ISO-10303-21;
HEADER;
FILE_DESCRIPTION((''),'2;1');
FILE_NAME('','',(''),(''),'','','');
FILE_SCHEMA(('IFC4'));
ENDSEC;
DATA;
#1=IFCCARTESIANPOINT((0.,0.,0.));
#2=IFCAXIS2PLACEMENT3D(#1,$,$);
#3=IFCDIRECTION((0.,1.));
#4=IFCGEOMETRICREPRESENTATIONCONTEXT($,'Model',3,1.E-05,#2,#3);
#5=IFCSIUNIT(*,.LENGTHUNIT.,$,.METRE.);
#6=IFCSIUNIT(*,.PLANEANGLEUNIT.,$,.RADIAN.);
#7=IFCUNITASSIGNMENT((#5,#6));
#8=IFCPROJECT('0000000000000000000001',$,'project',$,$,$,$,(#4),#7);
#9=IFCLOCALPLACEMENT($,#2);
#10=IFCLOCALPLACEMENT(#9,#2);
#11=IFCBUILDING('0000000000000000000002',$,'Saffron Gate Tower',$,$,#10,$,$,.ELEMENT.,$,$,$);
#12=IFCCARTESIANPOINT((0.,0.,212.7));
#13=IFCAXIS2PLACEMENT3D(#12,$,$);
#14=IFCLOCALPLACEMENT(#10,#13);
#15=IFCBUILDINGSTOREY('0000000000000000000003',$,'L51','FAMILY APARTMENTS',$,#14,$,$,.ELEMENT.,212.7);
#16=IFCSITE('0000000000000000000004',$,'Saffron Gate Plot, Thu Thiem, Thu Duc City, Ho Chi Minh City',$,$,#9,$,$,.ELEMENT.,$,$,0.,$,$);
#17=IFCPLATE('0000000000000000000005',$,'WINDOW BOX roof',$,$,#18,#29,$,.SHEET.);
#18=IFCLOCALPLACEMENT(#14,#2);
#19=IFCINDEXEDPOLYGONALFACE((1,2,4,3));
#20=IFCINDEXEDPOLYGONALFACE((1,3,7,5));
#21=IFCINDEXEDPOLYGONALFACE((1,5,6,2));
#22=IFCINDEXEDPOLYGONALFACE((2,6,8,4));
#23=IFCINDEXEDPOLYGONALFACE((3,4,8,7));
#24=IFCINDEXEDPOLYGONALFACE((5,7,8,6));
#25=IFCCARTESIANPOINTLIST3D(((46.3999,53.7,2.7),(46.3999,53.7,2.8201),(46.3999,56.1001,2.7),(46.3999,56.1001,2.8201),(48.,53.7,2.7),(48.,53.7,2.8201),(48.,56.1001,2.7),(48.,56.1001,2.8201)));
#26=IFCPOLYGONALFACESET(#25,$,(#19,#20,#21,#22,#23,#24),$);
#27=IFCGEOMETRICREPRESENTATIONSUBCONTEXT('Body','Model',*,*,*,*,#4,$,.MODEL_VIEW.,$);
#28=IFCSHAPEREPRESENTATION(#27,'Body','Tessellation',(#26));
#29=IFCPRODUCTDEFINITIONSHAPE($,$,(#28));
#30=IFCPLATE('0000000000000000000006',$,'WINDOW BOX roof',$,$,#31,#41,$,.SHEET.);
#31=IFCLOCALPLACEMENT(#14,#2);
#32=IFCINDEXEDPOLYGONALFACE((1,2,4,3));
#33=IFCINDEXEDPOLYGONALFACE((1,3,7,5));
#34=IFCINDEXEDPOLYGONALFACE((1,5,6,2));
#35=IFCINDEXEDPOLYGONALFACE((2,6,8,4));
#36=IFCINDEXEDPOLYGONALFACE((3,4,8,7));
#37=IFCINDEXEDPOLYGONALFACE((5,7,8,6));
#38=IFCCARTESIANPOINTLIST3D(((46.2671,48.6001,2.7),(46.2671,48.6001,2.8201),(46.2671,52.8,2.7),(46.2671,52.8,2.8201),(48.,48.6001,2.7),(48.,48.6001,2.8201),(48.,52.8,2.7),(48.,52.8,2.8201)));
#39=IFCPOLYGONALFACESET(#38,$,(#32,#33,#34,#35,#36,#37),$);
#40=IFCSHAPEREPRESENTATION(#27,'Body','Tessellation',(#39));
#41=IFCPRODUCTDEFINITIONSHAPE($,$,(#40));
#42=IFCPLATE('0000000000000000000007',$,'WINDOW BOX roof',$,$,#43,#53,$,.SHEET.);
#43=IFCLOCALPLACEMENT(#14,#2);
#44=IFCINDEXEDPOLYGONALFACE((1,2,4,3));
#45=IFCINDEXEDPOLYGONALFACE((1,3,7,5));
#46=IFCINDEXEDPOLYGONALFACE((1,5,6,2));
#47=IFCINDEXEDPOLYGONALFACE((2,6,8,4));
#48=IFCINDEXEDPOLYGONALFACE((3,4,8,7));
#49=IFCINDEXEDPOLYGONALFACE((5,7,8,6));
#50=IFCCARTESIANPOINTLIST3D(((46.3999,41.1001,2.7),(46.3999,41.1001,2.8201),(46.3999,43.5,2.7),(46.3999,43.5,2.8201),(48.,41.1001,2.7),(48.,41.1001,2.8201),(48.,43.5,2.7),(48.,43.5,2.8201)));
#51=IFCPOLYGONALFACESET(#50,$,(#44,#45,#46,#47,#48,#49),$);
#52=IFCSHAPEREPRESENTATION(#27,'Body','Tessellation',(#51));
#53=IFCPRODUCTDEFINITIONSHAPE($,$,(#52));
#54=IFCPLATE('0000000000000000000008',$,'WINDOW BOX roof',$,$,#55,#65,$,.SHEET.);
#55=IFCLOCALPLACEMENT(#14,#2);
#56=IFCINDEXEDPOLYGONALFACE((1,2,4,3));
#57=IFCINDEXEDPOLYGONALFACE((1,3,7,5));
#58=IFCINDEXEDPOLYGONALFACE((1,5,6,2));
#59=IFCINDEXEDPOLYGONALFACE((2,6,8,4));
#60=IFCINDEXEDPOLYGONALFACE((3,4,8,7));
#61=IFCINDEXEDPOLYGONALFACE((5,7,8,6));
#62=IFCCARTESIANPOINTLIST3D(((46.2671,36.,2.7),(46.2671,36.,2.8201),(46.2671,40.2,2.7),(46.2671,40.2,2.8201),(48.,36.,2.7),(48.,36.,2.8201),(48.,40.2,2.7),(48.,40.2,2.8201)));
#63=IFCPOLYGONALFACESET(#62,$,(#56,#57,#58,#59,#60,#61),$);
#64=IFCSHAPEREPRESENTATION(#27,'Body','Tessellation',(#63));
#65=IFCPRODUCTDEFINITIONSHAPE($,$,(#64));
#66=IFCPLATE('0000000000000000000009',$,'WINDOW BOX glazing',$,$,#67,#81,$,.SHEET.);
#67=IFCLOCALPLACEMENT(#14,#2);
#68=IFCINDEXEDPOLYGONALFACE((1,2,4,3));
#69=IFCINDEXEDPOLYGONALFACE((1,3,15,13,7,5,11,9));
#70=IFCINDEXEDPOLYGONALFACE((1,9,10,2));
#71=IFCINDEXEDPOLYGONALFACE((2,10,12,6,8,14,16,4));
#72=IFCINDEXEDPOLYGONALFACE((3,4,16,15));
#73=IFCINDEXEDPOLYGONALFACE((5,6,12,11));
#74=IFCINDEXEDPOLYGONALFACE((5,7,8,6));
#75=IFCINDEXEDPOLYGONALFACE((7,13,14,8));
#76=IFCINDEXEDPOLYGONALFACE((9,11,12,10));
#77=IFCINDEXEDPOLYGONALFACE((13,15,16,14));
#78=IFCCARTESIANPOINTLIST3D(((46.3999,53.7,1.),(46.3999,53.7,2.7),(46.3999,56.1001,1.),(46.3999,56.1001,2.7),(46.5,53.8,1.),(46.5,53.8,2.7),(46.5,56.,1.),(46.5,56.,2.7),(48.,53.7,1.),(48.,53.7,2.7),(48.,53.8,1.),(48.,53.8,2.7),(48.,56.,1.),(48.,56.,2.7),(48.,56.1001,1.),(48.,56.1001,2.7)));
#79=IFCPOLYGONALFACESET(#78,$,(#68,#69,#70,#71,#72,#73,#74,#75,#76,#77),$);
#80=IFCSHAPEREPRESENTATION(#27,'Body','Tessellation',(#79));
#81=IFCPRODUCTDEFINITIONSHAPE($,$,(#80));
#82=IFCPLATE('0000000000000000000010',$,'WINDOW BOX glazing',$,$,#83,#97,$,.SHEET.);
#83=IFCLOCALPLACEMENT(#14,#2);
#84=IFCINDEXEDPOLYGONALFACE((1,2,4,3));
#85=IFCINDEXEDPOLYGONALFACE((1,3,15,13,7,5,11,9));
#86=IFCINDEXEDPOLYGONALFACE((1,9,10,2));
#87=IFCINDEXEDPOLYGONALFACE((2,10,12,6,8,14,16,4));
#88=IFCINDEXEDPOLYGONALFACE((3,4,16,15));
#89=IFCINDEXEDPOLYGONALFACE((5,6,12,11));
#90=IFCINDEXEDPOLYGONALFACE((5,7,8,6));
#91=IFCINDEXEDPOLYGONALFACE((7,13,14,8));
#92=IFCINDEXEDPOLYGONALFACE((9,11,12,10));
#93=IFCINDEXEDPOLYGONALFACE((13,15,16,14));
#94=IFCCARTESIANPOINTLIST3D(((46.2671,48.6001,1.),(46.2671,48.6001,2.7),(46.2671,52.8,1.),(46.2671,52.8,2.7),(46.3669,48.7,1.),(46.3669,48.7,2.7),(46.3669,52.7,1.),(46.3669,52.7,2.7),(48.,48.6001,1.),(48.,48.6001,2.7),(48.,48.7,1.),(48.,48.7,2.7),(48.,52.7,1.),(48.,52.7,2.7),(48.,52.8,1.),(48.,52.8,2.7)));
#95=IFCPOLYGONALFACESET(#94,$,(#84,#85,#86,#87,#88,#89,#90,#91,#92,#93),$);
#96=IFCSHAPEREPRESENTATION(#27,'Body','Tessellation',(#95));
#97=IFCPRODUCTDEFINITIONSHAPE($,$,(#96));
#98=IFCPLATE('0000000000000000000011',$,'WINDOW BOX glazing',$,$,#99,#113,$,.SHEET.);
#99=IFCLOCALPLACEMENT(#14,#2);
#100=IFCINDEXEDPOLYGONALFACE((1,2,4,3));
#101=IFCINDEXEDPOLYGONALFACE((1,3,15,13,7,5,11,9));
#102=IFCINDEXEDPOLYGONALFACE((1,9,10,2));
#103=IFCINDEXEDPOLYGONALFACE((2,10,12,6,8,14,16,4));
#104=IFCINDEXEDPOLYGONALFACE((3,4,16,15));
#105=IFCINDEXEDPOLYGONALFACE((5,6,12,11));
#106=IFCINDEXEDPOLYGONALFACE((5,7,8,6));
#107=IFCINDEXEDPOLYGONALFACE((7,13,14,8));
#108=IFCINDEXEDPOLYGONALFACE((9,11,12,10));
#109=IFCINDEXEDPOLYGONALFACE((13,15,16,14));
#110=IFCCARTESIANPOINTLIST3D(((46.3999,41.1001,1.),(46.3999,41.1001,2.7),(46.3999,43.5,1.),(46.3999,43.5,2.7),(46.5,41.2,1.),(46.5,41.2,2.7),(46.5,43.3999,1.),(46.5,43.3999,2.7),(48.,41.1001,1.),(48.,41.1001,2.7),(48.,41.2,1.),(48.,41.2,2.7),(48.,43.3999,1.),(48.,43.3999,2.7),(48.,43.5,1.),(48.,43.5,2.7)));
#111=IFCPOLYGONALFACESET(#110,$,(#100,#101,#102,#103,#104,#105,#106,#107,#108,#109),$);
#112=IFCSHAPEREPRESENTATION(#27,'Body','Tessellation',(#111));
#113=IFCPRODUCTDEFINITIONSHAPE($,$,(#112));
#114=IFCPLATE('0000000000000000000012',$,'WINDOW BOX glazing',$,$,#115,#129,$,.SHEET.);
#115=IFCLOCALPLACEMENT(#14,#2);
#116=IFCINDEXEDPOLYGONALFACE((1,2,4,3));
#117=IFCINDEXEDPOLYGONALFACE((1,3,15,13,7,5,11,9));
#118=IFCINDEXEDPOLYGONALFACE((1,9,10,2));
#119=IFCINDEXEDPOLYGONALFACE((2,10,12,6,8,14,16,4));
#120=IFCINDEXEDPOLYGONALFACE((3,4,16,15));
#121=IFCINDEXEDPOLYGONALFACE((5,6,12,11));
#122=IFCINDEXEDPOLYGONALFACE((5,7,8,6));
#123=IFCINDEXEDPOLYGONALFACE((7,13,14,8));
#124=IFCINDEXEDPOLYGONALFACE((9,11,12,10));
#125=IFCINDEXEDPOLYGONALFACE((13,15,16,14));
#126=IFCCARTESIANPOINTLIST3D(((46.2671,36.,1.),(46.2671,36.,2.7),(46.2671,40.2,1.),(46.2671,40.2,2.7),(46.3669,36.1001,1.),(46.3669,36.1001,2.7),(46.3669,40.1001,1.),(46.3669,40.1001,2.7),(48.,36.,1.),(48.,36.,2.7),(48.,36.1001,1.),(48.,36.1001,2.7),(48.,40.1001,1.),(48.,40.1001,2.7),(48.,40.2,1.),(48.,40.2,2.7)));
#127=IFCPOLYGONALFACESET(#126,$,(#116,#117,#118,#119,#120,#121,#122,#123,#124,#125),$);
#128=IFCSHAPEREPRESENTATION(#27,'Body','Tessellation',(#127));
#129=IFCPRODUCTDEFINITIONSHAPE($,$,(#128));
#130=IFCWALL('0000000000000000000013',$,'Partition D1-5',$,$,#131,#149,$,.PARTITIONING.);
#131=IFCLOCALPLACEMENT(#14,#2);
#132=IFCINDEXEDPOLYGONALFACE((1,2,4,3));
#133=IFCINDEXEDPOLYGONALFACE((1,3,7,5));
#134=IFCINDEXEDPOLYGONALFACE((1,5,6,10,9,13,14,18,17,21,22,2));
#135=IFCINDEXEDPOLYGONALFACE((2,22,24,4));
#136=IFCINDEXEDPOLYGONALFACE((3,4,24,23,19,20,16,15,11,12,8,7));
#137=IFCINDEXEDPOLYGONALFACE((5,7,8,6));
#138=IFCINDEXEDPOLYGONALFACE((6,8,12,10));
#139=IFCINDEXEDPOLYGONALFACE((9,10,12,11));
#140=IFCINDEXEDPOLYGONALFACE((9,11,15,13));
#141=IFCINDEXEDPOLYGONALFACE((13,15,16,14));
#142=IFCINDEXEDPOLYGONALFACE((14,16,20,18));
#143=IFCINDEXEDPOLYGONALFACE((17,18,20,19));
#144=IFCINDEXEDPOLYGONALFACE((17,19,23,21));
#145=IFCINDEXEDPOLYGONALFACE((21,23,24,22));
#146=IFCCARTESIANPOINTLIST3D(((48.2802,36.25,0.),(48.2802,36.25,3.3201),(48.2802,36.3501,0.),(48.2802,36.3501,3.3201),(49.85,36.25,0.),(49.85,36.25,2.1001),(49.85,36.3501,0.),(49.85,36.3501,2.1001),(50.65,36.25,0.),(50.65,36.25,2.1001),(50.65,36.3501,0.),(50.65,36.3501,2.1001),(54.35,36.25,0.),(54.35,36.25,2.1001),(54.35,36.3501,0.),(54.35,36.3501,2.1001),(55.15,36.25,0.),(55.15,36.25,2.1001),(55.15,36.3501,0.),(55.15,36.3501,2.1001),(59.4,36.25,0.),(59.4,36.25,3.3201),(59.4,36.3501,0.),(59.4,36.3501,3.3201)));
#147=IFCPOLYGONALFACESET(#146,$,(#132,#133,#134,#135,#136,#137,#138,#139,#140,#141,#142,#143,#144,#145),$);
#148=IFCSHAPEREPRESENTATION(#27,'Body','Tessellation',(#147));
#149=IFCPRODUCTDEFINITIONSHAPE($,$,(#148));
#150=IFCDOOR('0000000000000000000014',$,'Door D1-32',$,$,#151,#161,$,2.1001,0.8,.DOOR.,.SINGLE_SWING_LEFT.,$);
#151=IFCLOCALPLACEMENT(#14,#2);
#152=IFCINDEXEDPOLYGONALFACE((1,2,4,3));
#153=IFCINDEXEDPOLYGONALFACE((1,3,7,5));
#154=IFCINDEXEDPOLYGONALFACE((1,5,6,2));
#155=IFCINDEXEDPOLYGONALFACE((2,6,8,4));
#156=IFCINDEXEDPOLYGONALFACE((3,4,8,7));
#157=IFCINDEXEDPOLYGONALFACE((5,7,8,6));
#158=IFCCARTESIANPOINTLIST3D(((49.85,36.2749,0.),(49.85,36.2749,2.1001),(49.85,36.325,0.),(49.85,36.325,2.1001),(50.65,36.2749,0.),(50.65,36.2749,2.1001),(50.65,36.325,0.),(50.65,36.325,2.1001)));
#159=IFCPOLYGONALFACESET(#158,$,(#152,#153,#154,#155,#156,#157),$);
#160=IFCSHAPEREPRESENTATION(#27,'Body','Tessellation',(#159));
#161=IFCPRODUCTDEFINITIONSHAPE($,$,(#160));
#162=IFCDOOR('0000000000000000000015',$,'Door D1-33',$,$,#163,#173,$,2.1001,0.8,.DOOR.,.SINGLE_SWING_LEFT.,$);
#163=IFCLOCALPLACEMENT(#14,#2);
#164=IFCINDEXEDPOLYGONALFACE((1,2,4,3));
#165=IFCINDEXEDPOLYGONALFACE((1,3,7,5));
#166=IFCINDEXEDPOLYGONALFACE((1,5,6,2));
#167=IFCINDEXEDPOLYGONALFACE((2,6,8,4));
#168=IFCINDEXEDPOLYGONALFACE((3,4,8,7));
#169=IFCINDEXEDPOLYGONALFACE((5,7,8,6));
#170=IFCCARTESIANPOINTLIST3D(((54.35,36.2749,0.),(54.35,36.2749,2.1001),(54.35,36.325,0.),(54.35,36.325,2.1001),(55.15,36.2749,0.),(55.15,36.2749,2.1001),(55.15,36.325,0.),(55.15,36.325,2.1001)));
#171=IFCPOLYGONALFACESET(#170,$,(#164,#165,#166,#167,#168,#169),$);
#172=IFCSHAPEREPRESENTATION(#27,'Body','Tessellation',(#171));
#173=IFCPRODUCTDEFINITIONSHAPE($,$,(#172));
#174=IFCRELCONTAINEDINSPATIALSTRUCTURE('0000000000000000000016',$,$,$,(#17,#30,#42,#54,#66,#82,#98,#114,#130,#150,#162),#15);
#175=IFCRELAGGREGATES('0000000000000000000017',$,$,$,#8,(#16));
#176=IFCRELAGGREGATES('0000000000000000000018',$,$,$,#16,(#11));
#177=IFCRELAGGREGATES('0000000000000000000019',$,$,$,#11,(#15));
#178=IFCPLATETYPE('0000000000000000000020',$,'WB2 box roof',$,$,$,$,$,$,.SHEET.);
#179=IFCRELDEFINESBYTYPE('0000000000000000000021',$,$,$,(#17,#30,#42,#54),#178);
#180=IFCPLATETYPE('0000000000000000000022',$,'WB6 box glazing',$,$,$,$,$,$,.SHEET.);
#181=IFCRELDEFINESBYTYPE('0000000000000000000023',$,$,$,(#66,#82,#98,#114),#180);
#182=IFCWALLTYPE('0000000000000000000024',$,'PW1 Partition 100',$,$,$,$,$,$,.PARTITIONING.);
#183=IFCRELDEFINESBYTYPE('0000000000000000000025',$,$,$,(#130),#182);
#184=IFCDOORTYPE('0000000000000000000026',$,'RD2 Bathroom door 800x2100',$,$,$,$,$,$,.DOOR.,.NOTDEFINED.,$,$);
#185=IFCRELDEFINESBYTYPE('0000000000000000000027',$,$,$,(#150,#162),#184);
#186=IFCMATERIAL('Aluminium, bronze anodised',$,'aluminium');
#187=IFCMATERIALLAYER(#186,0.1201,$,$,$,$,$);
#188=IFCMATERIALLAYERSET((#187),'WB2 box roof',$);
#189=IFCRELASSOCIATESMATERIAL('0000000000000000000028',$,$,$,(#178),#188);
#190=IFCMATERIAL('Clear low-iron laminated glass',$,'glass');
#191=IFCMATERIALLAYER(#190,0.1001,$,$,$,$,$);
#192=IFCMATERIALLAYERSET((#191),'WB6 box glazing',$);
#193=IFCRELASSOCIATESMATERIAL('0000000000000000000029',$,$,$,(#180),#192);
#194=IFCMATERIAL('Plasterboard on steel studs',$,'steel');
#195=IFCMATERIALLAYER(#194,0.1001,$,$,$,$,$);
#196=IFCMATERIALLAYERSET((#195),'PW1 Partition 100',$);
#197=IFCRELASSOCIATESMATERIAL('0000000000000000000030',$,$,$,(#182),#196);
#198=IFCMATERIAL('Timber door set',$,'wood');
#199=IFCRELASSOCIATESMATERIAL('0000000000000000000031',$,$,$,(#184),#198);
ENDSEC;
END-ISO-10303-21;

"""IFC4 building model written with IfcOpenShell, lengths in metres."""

from ifc_helpers import new_model, si_unit, direction, frame, frame_2d, origin, place, context, subcontext, project, spatial, polyline, rectangle, outline, extrude, material, layer, layer_set, type_object, element, fill, save


model = new_model("IFC4")

# Units and contexts
model_context = context("Model", 3, precision=1e-05, world=origin(), true_north=direction((0.0, 1.0)))
body_context = subcontext(model_context, "Body", "Model", "MODEL_VIEW")
ifc_project = project(units=[si_unit("LENGTHUNIT", "METRE"), si_unit("PLANEANGLEUNIT", "RADIAN")], contexts=[model_context])

# Site, building, storey
site_placement = place(None, origin())
site = spatial("IfcSite", under=ifc_project, at=site_placement, Name="Saffron Gate Plot, Thu Thiem, Thu Duc City, Ho Chi Minh City", CompositionType="ELEMENT", RefElevation=0.0)
building_placement = place(site_placement, origin())
building = spatial("IfcBuilding", under=site, at=building_placement, Name="Saffron Gate Tower", CompositionType="ELEMENT")
storey_placement = place(building_placement, frame((0.0, 0.0, 212.7)))
storey = spatial("IfcBuildingStorey", under=building, at=storey_placement, Name="L51", Description="FAMILY APARTMENTS", CompositionType="ELEMENT", Elevation=212.7)

# Shared definitions
ifc_material_1 = material(Name="Aluminium, bronze anodised", Category="aluminium")

# Plates
ifc_layer_1 = layer(ifc_material_1, 0.1201)
ifc_layer_set_1 = layer_set([ifc_layer_1], Name="WB2 box roof")
plate_type_1 = type_object("IfcPlateType", Name="WB2 box roof", PredefinedType="SHEET", material=ifc_layer_set_1)
plate_1_placement = place(storey_placement, frame((0.0, 0.0, 2.7)))
element("IfcPlate", 1, at=plate_1_placement, inside=storey, type_object=plate_type_1, Name="WINDOW BOX roof", PredefinedType="SHEET", context=body_context, shape_type="SweptSolid", body=[
    extrude(outline(polyline([(48.0, 56.1001), (48.0, 53.7), (46.3999, 53.7), (46.3999, 56.1001), (48.0, 56.1001)])), origin(), (0.0, 0.0, 1.0), 0.1201),
])
plate_2_placement = place(storey_placement, frame((0.0, 0.0, 2.7)))
element("IfcPlate", 2, at=plate_2_placement, inside=storey, type_object=plate_type_1, Name="WINDOW BOX roof", PredefinedType="SHEET", context=body_context, shape_type="SweptSolid", body=[
    extrude(outline(polyline([(48.0, 52.8), (48.0, 48.6001), (46.2671, 48.6001), (46.2671, 52.8), (48.0, 52.8)])), origin(), (0.0, 0.0, 1.0), 0.1201),
])
plate_3_placement = place(storey_placement, frame((0.0, 0.0, 2.7)))
element("IfcPlate", 3, at=plate_3_placement, inside=storey, type_object=plate_type_1, Name="WINDOW BOX roof", PredefinedType="SHEET", context=body_context, shape_type="SweptSolid", body=[
    extrude(outline(polyline([(48.0, 43.5), (48.0, 41.1001), (46.3999, 41.1001), (46.3999, 43.5), (48.0, 43.5)])), origin(), (0.0, 0.0, 1.0), 0.1201),
])
plate_4_placement = place(storey_placement, frame((0.0, 0.0, 2.7)))
element("IfcPlate", 4, at=plate_4_placement, inside=storey, type_object=plate_type_1, Name="WINDOW BOX roof", PredefinedType="SHEET", context=body_context, shape_type="SweptSolid", body=[
    extrude(outline(polyline([(48.0, 40.2), (48.0, 36.0), (46.2671, 36.0), (46.2671, 40.2), (48.0, 40.2)])), origin(), (0.0, 0.0, 1.0), 0.1201),
])
ifc_material_2 = material(Name="Clear low-iron laminated glass", Category="glass")
ifc_layer_2 = layer(ifc_material_2, 0.1001)
ifc_layer_set_2 = layer_set([ifc_layer_2], Name="WB6 box glazing")
plate_type_2 = type_object("IfcPlateType", Name="WB6 box glazing", PredefinedType="SHEET", material=ifc_layer_set_2)
plate_5_placement = place(storey_placement, frame((0.0, 0.0, 1.0)))
element("IfcPlate", 5, at=plate_5_placement, inside=storey, type_object=plate_type_2, Name="WINDOW BOX glazing", PredefinedType="SHEET", context=body_context, shape_type="SweptSolid", body=[
    extrude(outline(polyline([(48.0, 56.1001), (48.0, 56.0), (46.5, 56.0), (46.5, 53.8), (48.0, 53.8), (48.0, 53.7), (46.3999, 53.7), (46.3999, 56.1001), (48.0, 56.1001)])), origin(), (0.0, 0.0, 1.0), 1.7),
])
plate_6_placement = place(storey_placement, frame((0.0, 0.0, 1.0)))
element("IfcPlate", 6, at=plate_6_placement, inside=storey, type_object=plate_type_2, Name="WINDOW BOX glazing", PredefinedType="SHEET", context=body_context, shape_type="SweptSolid", body=[
    extrude(outline(polyline([(48.0, 52.8), (48.0, 52.7), (46.3669, 52.7), (46.3669, 48.7), (48.0, 48.7), (48.0, 48.6001), (46.2671, 48.6001), (46.2671, 52.8), (48.0, 52.8)])), origin(), (0.0, 0.0, 1.0), 1.7),
])
plate_7_placement = place(storey_placement, frame((0.0, 0.0, 1.0)))
element("IfcPlate", 7, at=plate_7_placement, inside=storey, type_object=plate_type_2, Name="WINDOW BOX glazing", PredefinedType="SHEET", context=body_context, shape_type="SweptSolid", body=[
    extrude(outline(polyline([(48.0, 43.5), (48.0, 43.3999), (46.5, 43.3999), (46.5, 41.2), (48.0, 41.2), (48.0, 41.1001), (46.3999, 41.1001), (46.3999, 43.5), (48.0, 43.5)])), origin(), (0.0, 0.0, 1.0), 1.7),
])
plate_8_placement = place(storey_placement, frame((0.0, 0.0, 1.0)))
element("IfcPlate", 8, at=plate_8_placement, inside=storey, type_object=plate_type_2, Name="WINDOW BOX glazing", PredefinedType="SHEET", context=body_context, shape_type="SweptSolid", body=[
    extrude(outline(polyline([(48.0, 40.2), (48.0, 40.1001), (46.3669, 40.1001), (46.3669, 36.1001), (48.0, 36.1001), (48.0, 36.0), (46.2671, 36.0), (46.2671, 40.2), (48.0, 40.2)])), origin(), (0.0, 0.0, 1.0), 1.7),
])

# Wall, openings, doors
ifc_material_3 = material(Name="Plasterboard on steel studs", Category="steel")
ifc_layer_3 = layer(ifc_material_3, 0.1001)
ifc_layer_set_3 = layer_set([ifc_layer_3], Name="PW1 Partition 100")
wall_type_1 = type_object("IfcWallType", Name="PW1 Partition 100", PredefinedType="PARTITIONING", material=ifc_layer_set_3)
wall_1_placement = place(storey_placement, frame((48.28, 36.3, 0.0), z_axis=(0.0, 0.0, 1.0), x_axis=(1.0, 0.0, 0.0)))
wall_1 = element("IfcWall", 9, at=wall_1_placement, inside=storey, type_object=wall_type_1, Name="Partition D1-5", PredefinedType="PARTITIONING", context=body_context, shape_type="SweptSolid", body=[
    extrude(rectangle(XDim=11.1199, YDim=0.1001, at=frame_2d((5.5601, 0.0))), origin(), (0.0, 0.0, 1.0), 3.3201),
])
opening_1_placement = place(wall_1_placement, frame((1.5701, 0.0, 0.0)))
opening_1 = element("IfcOpeningElement", 10, at=opening_1_placement, cuts=wall_1, PredefinedType="OPENING", context=body_context, shape_type="SweptSolid", body=[
    extrude(rectangle(XDim=0.8, YDim=2.1001, at=frame_2d((0.3999, 1.05))), frame((0.0, 0.0601, 0.0), z_axis=(0.0, -1.0, 0.0), x_axis=(1.0, 0.0, 0.0)), (0.0, 0.0, 1.0), 0.1201),
])
opening_2_placement = place(wall_1_placement, frame((6.0701, 0.0, 0.0)))
opening_2 = element("IfcOpeningElement", 11, at=opening_2_placement, cuts=wall_1, PredefinedType="OPENING", context=body_context, shape_type="SweptSolid", body=[
    extrude(rectangle(XDim=0.8, YDim=2.1001, at=frame_2d((0.3999, 1.05))), frame((0.0, 0.0601, 0.0), z_axis=(0.0, -1.0, 0.0), x_axis=(1.0, 0.0, 0.0)), (0.0, 0.0, 1.0), 0.1201),
])
ifc_material_4 = material(Name="Timber door set", Category="wood")
door_type = type_object("IfcDoorType", Name="RD2 Bathroom door 800x2100", OperationType="NOTDEFINED", PredefinedType="DOOR", material=ifc_material_4)
door_1_placement = place(opening_1_placement, origin())
door_1 = element("IfcDoor", 12, at=door_1_placement, inside=storey, type_object=door_type, Name="Door D1-32", OperationType="SINGLE_SWING_LEFT", OverallHeight=2.1001, OverallWidth=0.8, PredefinedType="DOOR", context=body_context, shape_type="SweptSolid", body=[
    extrude(rectangle(XDim=0.8, YDim=2.1001, at=frame_2d((0.3999, 1.05))), frame((0.0, 0.0249, 0.0), z_axis=(0.0, -1.0, 0.0), x_axis=(1.0, 0.0, 0.0)), (0.0, 0.0, 1.0), 0.05),
])
fill(opening_1, door_1)
door_2_placement = place(opening_2_placement, origin())
door_2 = element("IfcDoor", 13, at=door_2_placement, inside=storey, type_object=door_type, Name="Door D1-33", OperationType="SINGLE_SWING_LEFT", OverallHeight=2.1001, OverallWidth=0.8, PredefinedType="DOOR", context=body_context, shape_type="SweptSolid", body=[
    extrude(rectangle(XDim=0.8, YDim=2.1001, at=frame_2d((0.3999, 1.05))), frame((0.0, 0.0249, 0.0), z_axis=(0.0, -1.0, 0.0), x_axis=(1.0, 0.0, 0.0)), (0.0, 0.0, 1.0), 0.05),
])
fill(opening_2, door_2)

save(model, "model.ifc")
